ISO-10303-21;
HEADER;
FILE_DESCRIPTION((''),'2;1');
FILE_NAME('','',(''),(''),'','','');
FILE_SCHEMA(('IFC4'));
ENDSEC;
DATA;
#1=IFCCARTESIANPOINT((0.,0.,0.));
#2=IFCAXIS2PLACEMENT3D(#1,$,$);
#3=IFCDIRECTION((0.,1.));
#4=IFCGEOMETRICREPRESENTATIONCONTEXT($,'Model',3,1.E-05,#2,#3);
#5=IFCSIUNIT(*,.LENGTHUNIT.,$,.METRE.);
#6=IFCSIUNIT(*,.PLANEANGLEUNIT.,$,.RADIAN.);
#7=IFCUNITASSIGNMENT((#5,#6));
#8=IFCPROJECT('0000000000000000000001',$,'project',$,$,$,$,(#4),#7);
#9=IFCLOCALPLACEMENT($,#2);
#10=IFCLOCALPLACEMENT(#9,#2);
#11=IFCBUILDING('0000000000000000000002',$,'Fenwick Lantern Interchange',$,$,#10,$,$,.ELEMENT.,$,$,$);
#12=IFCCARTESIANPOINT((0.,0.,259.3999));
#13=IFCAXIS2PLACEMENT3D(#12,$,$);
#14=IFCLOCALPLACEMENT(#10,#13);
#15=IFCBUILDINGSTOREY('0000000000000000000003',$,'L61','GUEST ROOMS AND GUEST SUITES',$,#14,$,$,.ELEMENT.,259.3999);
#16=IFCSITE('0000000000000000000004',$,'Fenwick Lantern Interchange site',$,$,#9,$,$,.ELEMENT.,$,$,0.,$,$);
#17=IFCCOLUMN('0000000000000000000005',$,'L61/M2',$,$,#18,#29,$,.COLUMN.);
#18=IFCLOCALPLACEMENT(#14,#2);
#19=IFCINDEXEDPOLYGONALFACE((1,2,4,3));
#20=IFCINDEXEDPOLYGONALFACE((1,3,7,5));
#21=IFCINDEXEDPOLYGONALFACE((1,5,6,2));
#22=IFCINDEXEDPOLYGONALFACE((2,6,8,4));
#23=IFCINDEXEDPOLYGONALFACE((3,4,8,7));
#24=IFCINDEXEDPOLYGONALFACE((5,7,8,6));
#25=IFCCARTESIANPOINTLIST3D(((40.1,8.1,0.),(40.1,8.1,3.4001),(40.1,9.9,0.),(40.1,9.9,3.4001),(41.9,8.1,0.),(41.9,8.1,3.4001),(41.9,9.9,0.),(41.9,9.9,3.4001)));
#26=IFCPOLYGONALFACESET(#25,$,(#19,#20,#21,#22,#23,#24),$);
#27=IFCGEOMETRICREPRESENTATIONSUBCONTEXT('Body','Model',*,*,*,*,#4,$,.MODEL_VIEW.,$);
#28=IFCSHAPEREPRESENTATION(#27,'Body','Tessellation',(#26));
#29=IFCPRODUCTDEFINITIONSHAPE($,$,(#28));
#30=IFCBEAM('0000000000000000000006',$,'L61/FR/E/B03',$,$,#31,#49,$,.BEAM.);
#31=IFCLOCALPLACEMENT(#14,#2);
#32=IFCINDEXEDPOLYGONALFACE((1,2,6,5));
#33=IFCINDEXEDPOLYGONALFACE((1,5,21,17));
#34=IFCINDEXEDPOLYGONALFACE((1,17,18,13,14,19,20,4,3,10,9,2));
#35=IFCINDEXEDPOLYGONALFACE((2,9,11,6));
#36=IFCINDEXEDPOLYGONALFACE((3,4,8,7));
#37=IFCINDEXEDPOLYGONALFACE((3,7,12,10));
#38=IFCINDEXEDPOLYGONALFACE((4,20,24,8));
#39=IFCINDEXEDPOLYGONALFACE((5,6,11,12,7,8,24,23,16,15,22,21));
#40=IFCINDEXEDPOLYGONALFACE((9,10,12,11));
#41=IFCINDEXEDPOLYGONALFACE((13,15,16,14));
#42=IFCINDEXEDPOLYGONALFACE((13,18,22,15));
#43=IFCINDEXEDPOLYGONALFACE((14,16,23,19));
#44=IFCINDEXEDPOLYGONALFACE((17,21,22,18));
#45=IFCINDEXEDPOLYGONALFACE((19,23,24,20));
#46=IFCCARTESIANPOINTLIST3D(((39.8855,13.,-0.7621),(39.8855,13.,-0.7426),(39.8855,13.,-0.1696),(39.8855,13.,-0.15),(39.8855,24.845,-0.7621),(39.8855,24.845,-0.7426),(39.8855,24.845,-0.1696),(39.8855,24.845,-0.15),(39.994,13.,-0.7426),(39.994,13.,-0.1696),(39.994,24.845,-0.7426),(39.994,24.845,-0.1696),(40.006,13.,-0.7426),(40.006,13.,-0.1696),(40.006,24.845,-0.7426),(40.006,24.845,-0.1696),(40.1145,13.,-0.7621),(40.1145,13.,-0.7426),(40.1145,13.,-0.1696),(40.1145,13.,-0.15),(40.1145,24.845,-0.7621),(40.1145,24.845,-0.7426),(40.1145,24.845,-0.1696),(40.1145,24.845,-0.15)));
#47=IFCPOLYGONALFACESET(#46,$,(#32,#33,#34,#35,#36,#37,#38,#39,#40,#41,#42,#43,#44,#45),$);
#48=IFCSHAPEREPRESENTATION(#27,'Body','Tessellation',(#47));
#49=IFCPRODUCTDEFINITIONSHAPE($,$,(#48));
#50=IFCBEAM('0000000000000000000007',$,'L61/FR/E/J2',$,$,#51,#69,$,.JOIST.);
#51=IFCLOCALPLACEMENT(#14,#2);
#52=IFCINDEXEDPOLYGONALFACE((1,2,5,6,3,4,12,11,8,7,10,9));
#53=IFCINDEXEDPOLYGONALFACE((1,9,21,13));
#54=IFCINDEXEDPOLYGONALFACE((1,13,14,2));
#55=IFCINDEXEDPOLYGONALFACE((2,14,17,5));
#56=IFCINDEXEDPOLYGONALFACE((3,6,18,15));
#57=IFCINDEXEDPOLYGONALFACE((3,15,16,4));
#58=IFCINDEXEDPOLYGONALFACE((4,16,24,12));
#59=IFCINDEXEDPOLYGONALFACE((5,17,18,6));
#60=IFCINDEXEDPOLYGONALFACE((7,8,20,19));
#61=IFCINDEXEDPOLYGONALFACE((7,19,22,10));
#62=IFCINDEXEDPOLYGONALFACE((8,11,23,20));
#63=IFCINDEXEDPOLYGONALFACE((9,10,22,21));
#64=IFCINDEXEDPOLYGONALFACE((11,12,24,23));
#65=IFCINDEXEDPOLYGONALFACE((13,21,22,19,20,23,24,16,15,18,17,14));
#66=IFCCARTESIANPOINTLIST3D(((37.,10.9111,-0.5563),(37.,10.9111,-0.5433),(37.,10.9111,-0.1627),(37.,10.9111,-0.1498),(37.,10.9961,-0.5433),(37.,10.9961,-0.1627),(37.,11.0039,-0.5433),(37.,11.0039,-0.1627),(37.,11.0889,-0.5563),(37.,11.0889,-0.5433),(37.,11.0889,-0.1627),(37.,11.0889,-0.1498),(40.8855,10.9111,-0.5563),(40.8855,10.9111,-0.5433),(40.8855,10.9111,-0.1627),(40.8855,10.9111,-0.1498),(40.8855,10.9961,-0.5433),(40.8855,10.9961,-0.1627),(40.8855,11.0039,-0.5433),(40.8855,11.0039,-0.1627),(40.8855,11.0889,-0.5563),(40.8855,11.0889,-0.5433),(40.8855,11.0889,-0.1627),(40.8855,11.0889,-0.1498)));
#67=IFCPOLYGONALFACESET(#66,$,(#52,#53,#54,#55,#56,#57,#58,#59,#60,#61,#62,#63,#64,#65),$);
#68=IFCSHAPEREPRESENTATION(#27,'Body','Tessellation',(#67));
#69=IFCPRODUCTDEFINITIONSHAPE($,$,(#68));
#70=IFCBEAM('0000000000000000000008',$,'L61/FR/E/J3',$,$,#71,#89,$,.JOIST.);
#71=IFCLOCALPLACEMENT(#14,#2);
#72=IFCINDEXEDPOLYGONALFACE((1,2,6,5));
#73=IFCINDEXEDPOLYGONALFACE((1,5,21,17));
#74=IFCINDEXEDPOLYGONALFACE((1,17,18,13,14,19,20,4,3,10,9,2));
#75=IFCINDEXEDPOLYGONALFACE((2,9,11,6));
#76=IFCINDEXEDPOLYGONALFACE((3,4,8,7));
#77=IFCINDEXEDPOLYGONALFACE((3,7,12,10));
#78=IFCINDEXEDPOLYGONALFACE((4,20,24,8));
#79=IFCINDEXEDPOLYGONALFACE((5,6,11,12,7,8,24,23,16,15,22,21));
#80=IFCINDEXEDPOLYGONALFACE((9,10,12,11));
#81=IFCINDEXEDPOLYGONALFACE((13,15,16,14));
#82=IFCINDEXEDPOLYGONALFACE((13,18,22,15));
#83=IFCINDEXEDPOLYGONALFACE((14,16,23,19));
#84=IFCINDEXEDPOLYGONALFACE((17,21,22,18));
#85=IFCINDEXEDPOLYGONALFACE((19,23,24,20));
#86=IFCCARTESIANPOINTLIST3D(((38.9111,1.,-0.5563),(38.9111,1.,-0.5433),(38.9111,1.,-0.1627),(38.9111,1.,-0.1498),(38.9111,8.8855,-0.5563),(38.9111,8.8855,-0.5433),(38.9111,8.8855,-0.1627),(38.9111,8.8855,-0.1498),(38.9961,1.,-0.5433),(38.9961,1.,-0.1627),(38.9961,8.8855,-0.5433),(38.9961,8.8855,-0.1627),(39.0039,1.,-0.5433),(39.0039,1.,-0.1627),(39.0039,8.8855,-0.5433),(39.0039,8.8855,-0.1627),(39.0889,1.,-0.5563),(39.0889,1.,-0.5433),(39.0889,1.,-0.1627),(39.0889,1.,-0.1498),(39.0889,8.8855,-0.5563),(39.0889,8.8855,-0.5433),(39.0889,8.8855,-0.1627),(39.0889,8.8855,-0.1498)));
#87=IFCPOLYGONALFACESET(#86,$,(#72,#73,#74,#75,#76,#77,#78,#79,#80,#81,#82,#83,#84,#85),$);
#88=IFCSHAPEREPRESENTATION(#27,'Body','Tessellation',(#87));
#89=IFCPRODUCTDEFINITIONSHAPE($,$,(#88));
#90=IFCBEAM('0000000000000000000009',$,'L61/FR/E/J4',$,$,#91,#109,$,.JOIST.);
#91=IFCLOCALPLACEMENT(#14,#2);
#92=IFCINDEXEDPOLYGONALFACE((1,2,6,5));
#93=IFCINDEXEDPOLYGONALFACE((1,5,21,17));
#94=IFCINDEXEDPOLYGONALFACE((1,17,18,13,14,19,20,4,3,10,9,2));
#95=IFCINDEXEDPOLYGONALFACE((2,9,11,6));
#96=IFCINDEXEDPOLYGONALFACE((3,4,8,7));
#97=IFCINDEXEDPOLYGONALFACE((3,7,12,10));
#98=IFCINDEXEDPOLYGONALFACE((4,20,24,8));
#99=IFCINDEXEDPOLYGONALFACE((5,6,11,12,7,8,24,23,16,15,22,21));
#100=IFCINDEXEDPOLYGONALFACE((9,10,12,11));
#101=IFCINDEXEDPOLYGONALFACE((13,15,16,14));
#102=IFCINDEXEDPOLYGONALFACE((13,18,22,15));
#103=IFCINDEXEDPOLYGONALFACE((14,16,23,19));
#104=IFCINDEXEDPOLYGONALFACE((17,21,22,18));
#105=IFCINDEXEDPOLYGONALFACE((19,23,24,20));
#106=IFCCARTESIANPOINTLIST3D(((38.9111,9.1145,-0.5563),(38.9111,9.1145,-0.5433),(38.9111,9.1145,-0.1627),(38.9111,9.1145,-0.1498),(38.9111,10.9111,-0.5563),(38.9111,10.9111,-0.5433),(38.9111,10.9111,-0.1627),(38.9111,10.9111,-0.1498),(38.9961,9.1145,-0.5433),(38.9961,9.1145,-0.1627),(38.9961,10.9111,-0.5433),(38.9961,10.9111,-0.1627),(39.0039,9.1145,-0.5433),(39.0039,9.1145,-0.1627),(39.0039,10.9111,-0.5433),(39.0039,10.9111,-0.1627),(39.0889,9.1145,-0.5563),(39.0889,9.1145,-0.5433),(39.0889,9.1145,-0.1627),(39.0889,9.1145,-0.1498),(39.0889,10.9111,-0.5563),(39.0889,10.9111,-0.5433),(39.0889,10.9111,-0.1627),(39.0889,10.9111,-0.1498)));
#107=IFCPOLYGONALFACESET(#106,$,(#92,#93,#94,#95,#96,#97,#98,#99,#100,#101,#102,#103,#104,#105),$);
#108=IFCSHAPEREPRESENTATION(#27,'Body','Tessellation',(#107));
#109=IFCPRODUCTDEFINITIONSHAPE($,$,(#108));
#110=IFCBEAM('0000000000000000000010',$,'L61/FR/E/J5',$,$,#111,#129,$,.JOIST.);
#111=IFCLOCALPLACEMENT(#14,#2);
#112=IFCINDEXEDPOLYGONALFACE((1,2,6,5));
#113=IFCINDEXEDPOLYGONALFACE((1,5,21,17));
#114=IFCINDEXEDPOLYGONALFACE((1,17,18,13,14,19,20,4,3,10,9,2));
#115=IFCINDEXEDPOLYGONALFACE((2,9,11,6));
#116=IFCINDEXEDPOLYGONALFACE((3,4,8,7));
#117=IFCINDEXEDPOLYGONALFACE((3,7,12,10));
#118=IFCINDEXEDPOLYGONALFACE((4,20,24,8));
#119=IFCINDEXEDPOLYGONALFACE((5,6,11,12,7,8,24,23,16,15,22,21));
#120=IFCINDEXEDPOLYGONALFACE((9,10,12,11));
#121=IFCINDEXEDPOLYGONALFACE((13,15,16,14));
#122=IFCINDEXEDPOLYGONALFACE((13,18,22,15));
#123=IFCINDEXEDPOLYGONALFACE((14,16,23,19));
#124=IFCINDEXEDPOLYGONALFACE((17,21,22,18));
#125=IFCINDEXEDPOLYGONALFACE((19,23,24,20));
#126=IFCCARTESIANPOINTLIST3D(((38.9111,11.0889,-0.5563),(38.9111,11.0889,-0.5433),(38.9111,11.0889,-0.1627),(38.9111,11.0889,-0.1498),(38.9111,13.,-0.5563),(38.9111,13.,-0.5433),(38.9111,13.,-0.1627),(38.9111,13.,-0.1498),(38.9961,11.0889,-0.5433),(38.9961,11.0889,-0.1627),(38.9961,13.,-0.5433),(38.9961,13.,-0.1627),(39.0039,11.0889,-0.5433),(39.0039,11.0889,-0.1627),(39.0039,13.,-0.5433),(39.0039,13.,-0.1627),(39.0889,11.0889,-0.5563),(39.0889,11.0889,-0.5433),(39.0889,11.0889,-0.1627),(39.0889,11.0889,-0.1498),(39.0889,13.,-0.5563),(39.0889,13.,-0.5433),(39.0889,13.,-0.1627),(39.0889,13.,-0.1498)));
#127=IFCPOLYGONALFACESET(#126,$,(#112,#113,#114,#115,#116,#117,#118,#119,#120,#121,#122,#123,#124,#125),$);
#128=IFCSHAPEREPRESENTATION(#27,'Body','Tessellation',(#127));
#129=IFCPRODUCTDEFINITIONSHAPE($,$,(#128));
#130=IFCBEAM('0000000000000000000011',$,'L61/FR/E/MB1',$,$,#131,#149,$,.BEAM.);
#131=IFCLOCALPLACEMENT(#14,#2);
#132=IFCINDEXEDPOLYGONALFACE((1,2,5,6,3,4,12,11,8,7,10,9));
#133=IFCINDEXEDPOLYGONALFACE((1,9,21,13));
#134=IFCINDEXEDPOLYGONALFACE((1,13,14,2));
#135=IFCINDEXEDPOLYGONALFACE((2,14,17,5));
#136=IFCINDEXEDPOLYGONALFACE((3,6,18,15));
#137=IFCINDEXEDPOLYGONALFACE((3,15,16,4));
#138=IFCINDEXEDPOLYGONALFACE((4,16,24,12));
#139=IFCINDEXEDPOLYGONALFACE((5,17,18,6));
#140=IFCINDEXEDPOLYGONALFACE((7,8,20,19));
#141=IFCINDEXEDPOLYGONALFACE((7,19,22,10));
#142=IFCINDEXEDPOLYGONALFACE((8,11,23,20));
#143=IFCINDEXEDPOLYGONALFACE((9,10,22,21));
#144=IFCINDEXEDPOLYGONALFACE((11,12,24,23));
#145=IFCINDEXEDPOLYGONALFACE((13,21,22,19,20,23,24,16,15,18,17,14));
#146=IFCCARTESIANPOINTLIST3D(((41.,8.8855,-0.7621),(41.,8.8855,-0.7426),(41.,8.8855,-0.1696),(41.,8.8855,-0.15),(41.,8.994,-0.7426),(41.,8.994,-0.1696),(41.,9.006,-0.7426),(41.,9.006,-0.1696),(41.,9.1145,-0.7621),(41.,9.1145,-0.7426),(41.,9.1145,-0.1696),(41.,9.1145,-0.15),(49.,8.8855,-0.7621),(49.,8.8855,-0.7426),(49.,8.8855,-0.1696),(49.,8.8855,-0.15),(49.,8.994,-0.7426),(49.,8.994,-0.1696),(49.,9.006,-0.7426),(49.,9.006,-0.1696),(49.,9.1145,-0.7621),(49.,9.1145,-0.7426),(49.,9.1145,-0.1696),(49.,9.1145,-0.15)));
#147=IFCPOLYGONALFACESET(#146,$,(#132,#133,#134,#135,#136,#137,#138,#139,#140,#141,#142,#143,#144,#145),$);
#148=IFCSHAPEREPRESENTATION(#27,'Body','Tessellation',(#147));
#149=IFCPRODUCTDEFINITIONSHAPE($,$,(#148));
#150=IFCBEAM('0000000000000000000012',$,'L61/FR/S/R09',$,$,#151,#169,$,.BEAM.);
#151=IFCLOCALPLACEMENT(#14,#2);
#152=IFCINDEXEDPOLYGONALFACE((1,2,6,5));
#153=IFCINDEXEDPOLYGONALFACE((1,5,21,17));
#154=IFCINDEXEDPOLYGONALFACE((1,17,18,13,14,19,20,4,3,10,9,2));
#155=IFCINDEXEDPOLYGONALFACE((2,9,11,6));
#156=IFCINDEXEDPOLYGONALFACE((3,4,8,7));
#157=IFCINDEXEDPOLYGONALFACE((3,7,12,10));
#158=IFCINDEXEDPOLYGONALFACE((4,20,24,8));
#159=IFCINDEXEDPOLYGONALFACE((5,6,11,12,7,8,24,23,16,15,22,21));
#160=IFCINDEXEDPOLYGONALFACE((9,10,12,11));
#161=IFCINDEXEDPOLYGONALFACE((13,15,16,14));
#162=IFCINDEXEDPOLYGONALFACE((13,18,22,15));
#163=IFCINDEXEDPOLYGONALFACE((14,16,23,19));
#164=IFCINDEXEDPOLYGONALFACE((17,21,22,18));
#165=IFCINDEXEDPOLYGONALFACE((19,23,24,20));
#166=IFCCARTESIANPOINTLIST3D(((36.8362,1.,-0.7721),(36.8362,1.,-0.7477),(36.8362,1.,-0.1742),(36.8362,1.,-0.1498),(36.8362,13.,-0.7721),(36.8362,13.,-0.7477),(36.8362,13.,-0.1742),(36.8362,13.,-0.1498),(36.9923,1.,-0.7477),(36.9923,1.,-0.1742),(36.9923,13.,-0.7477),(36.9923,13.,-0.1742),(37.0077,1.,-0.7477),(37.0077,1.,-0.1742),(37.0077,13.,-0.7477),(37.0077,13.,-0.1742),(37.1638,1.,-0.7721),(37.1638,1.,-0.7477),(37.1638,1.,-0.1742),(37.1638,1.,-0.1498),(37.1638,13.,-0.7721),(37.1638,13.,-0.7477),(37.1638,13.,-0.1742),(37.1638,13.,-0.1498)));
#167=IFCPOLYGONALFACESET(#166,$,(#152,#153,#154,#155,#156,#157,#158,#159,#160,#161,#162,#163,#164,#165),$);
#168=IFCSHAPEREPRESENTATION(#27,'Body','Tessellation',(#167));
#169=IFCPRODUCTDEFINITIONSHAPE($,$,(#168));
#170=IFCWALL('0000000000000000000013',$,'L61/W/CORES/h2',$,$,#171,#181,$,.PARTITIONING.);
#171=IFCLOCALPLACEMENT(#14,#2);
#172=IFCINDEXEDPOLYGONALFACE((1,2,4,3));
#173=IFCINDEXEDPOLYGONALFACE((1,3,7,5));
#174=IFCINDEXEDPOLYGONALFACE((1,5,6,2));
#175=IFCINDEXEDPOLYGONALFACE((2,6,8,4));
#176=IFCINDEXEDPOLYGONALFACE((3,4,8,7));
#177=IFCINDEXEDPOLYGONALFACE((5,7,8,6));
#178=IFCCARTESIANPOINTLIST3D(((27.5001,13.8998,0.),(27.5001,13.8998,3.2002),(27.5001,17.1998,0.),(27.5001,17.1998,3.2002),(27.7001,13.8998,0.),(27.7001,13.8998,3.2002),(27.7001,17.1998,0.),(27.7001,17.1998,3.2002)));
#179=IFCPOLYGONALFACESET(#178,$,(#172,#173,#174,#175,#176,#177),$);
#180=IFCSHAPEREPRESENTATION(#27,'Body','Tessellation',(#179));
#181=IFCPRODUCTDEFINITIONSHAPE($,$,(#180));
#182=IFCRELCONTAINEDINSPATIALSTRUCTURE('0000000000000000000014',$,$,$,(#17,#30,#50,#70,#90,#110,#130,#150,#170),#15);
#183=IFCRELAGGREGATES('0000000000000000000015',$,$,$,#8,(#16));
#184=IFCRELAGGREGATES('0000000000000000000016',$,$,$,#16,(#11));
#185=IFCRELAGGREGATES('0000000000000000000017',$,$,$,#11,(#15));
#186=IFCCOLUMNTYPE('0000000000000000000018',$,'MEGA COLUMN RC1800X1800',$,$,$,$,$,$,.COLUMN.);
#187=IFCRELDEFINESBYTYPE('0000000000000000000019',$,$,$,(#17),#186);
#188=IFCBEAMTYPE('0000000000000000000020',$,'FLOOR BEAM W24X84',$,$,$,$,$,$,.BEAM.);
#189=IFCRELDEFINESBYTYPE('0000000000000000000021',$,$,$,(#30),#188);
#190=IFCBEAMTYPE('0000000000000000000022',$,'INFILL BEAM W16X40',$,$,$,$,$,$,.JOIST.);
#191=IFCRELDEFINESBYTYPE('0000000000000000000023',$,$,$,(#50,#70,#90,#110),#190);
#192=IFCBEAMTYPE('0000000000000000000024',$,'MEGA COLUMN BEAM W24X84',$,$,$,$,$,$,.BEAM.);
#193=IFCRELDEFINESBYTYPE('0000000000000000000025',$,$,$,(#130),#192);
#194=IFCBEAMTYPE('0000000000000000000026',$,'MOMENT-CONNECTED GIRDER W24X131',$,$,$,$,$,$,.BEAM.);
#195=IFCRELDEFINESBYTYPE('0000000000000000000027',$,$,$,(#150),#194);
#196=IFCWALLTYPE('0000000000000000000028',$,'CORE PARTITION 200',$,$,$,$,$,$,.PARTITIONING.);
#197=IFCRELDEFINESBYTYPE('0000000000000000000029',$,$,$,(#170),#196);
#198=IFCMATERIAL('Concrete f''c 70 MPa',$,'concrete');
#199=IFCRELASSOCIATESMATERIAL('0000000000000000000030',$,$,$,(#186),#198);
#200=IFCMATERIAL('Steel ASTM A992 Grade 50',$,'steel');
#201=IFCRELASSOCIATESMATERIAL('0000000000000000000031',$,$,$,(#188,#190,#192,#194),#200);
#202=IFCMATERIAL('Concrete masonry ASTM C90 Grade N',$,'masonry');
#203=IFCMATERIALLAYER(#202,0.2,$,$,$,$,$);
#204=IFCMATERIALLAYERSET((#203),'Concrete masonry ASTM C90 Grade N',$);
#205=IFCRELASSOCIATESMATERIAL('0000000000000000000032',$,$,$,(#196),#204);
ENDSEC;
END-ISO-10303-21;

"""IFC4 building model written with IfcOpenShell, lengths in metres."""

from ifc_helpers import new_model, si_unit, direction, frame, frame_2d, origin, origin_2d, place, context, subcontext, project, spatial, rectangle, i_section, extrude, material, layer, layer_set, material_profile, profile_set, type_object, element, save


model = new_model("IFC4")

# Units and contexts
model_context = context("Model", 3, precision=1e-05, world=origin(), true_north=direction((0.0, 1.0)))
body_context = subcontext(model_context, "Body", "Model", "MODEL_VIEW")
ifc_project = project(units=[si_unit("LENGTHUNIT", "METRE"), si_unit("PLANEANGLEUNIT", "RADIAN")], contexts=[model_context])

# Site, building, storey
site_placement = place(None, origin())
site = spatial("IfcSite", under=ifc_project, at=site_placement, Name="Fenwick Lantern Interchange site", CompositionType="ELEMENT", RefElevation=0.0)
building_placement = place(site_placement, origin())
building = spatial("IfcBuilding", under=site, at=building_placement, Name="Fenwick Lantern Interchange", CompositionType="ELEMENT")
storey_placement = place(building_placement, frame((0.0, 0.0, 259.3999)))
storey = spatial("IfcBuildingStorey", under=building, at=storey_placement, Name="L61", Description="GUEST ROOMS AND GUEST SUITES", CompositionType="ELEMENT", Elevation=259.3999)

# Column
ifc_material_1 = material(Name="Concrete f'c 70 MPa", Category="concrete")
ifc_material_profile_1 = material_profile(ifc_material_1, rectangle(XDim=1.8, YDim=1.8, at=origin_2d()), Name="RC1800X1800")
ifc_profile_set_1 = profile_set([ifc_material_profile_1], Name="Concrete f'c 70 MPa")
column_type = type_object("IfcColumnType", Name="MEGA COLUMN RC1800X1800", PredefinedType="COLUMN", material=ifc_profile_set_1)
column_placement = place(storey_placement, frame((41.0, 9.0, 0.0), z_axis=(0.0, 0.0, 1.0), x_axis=(1.0, 0.0, 0.0)))
element("IfcColumn", 1, at=column_placement, inside=storey, type_object=column_type, Name="L61/M2", PredefinedType="COLUMN", context=body_context, shape_type="SweptSolid", body=[
    extrude(rectangle(XDim=1.8, YDim=1.8, at=origin_2d()), origin(), (0.0, 0.0, 1.0), 3.4001),
])

# Beams
ifc_material_2 = material(Name="Steel ASTM A992 Grade 50", Category="steel")
ifc_material_profile_2 = material_profile(ifc_material_2, i_section(OverallWidth=0.229, OverallDepth=0.6121, WebThickness=0.012, FlangeThickness=0.0195, at=origin_2d()), Name="W24X84")
ifc_profile_set_2 = profile_set([ifc_material_profile_2], Name="Steel ASTM A992 Grade 50")
beam_type_1 = type_object("IfcBeamType", Name="FLOOR BEAM W24X84", PredefinedType="BEAM", material=ifc_profile_set_2)
beam_1_placement = place(storey_placement, frame((40.0, 13.0, -0.4561), z_axis=(0.0, 1.0, 0.0), x_axis=(-1.0, 0.0, 0.0)))
element("IfcBeam", 2, at=beam_1_placement, inside=storey, type_object=beam_type_1, Name="L61/FR/E/B03", PredefinedType="BEAM", context=body_context, shape_type="SweptSolid", body=[
    extrude(i_section(OverallWidth=0.229, OverallDepth=0.6121, WebThickness=0.012, FlangeThickness=0.0195, at=origin_2d()), origin(), (0.0, 0.0, 1.0), 11.845),
])
ifc_material_profile_3 = material_profile(ifc_material_2, i_section(OverallWidth=0.1777, OverallDepth=0.4065, WebThickness=0.0078, FlangeThickness=0.0129, at=origin_2d()), Name="W16X40")
ifc_profile_set_3 = profile_set([ifc_material_profile_3], Name="Steel ASTM A992 Grade 50")
beam_type_2 = type_object("IfcBeamType", Name="INFILL BEAM W16X40", PredefinedType="JOIST", material=ifc_profile_set_3)
beam_2_placement = place(storey_placement, frame((40.8855, 11.0, -0.353), z_axis=(-1.0, 0.0, 0.0), x_axis=(0.0, -1.0, 0.0)))
element("IfcBeam", 3, at=beam_2_placement, inside=storey, type_object=beam_type_2, Name="L61/FR/E/J2", PredefinedType="JOIST", context=body_context, shape_type="SweptSolid", body=[
    extrude(i_section(OverallWidth=0.1777, OverallDepth=0.4065, WebThickness=0.0078, FlangeThickness=0.0129, at=origin_2d()), origin(), (0.0, 0.0, 1.0), 3.8855),
])
beam_3_placement = place(storey_placement, frame((39.0, 1.0, -0.353), z_axis=(0.0, 1.0, 0.0), x_axis=(-1.0, 0.0, 0.0)))
element("IfcBeam", 4, at=beam_3_placement, inside=storey, type_object=beam_type_2, Name="L61/FR/E/J3", PredefinedType="JOIST", context=body_context, shape_type="SweptSolid", body=[
    extrude(i_section(OverallWidth=0.1777, OverallDepth=0.4065, WebThickness=0.0078, FlangeThickness=0.0129, at=origin_2d()), origin(), (0.0, 0.0, 1.0), 7.8855),
])
beam_4_placement = place(storey_placement, frame((39.0, 9.1145, -0.353), z_axis=(0.0, 1.0, 0.0), x_axis=(-1.0, 0.0, 0.0)))
element("IfcBeam", 5, at=beam_4_placement, inside=storey, type_object=beam_type_2, Name="L61/FR/E/J4", PredefinedType="JOIST", context=body_context, shape_type="SweptSolid", body=[
    extrude(i_section(OverallWidth=0.1777, OverallDepth=0.4065, WebThickness=0.0078, FlangeThickness=0.0129, at=origin_2d()), origin(), (0.0, 0.0, 1.0), 1.7966),
])
beam_5_placement = place(storey_placement, frame((39.0, 11.0889, -0.353), z_axis=(0.0, 1.0, 0.0), x_axis=(-1.0, 0.0, 0.0)))
element("IfcBeam", 6, at=beam_5_placement, inside=storey, type_object=beam_type_2, Name="L61/FR/E/J5", PredefinedType="JOIST", context=body_context, shape_type="SweptSolid", body=[
    extrude(i_section(OverallWidth=0.1777, OverallDepth=0.4065, WebThickness=0.0078, FlangeThickness=0.0129, at=origin_2d()), origin(), (0.0, 0.0, 1.0), 1.9111),
])
ifc_material_profile_4 = material_profile(ifc_material_2, i_section(OverallWidth=0.229, OverallDepth=0.6121, WebThickness=0.012, FlangeThickness=0.0195, at=origin_2d()), Name="W24X84")
ifc_profile_set_4 = profile_set([ifc_material_profile_4], Name="Steel ASTM A992 Grade 50")
beam_type_3 = type_object("IfcBeamType", Name="MEGA COLUMN BEAM W24X84", PredefinedType="BEAM", material=ifc_profile_set_4)
beam_6_placement = place(storey_placement, frame((41.0, 9.0, -0.4561), z_axis=(1.0, 0.0, 0.0), x_axis=(0.0, 1.0, 0.0)))
element("IfcBeam", 7, at=beam_6_placement, inside=storey, type_object=beam_type_3, Name="L61/FR/E/MB1", PredefinedType="BEAM", context=body_context, shape_type="SweptSolid", body=[
    extrude(i_section(OverallWidth=0.229, OverallDepth=0.6121, WebThickness=0.012, FlangeThickness=0.0195, at=origin_2d()), origin(), (0.0, 0.0, 1.0), 8.0),
])
ifc_material_profile_5 = material_profile(ifc_material_2, i_section(OverallWidth=0.3276, OverallDepth=0.6223, WebThickness=0.0154, FlangeThickness=0.0244, at=origin_2d()), Name="W24X131")
ifc_profile_set_5 = profile_set([ifc_material_profile_5], Name="Steel ASTM A992 Grade 50")
beam_type_4 = type_object("IfcBeamType", Name="MOMENT-CONNECTED GIRDER W24X131", PredefinedType="BEAM", material=ifc_profile_set_5)
beam_7_placement = place(storey_placement, frame((37.0, 1.0, -0.4609), z_axis=(0.0, 1.0, 0.0), x_axis=(-1.0, 0.0, 0.0)))
element("IfcBeam", 8, at=beam_7_placement, inside=storey, type_object=beam_type_4, Name="L61/FR/S/R09", PredefinedType="BEAM", context=body_context, shape_type="SweptSolid", body=[
    extrude(i_section(OverallWidth=0.3276, OverallDepth=0.6223, WebThickness=0.0154, FlangeThickness=0.0244, at=origin_2d()), origin(), (0.0, 0.0, 1.0), 12.0),
])

# Wall
ifc_material_3 = material(Name="Concrete masonry ASTM C90 Grade N", Category="masonry")
ifc_layer_1 = layer(ifc_material_3, 0.2)
ifc_layer_set_1 = layer_set([ifc_layer_1], Name="Concrete masonry ASTM C90 Grade N")
wall_type_1 = type_object("IfcWallType", Name="CORE PARTITION 200", PredefinedType="PARTITIONING", material=ifc_layer_set_1)
wall_1_placement = place(storey_placement, frame((27.6001, 13.8999, 0.0), z_axis=(0.0, 0.0, 1.0), x_axis=(0.0, 1.0, 0.0)))
element("IfcWall", 9, at=wall_1_placement, inside=storey, type_object=wall_type_1, Name="L61/W/CORES/h2", PredefinedType="PARTITIONING", context=body_context, shape_type="SweptSolid", body=[
    extrude(rectangle(XDim=3.3, YDim=0.2, at=frame_2d((1.6499, 0.0))), origin(), (0.0, 0.0, 1.0), 3.2002),
])

save(model, "model.ifc")
